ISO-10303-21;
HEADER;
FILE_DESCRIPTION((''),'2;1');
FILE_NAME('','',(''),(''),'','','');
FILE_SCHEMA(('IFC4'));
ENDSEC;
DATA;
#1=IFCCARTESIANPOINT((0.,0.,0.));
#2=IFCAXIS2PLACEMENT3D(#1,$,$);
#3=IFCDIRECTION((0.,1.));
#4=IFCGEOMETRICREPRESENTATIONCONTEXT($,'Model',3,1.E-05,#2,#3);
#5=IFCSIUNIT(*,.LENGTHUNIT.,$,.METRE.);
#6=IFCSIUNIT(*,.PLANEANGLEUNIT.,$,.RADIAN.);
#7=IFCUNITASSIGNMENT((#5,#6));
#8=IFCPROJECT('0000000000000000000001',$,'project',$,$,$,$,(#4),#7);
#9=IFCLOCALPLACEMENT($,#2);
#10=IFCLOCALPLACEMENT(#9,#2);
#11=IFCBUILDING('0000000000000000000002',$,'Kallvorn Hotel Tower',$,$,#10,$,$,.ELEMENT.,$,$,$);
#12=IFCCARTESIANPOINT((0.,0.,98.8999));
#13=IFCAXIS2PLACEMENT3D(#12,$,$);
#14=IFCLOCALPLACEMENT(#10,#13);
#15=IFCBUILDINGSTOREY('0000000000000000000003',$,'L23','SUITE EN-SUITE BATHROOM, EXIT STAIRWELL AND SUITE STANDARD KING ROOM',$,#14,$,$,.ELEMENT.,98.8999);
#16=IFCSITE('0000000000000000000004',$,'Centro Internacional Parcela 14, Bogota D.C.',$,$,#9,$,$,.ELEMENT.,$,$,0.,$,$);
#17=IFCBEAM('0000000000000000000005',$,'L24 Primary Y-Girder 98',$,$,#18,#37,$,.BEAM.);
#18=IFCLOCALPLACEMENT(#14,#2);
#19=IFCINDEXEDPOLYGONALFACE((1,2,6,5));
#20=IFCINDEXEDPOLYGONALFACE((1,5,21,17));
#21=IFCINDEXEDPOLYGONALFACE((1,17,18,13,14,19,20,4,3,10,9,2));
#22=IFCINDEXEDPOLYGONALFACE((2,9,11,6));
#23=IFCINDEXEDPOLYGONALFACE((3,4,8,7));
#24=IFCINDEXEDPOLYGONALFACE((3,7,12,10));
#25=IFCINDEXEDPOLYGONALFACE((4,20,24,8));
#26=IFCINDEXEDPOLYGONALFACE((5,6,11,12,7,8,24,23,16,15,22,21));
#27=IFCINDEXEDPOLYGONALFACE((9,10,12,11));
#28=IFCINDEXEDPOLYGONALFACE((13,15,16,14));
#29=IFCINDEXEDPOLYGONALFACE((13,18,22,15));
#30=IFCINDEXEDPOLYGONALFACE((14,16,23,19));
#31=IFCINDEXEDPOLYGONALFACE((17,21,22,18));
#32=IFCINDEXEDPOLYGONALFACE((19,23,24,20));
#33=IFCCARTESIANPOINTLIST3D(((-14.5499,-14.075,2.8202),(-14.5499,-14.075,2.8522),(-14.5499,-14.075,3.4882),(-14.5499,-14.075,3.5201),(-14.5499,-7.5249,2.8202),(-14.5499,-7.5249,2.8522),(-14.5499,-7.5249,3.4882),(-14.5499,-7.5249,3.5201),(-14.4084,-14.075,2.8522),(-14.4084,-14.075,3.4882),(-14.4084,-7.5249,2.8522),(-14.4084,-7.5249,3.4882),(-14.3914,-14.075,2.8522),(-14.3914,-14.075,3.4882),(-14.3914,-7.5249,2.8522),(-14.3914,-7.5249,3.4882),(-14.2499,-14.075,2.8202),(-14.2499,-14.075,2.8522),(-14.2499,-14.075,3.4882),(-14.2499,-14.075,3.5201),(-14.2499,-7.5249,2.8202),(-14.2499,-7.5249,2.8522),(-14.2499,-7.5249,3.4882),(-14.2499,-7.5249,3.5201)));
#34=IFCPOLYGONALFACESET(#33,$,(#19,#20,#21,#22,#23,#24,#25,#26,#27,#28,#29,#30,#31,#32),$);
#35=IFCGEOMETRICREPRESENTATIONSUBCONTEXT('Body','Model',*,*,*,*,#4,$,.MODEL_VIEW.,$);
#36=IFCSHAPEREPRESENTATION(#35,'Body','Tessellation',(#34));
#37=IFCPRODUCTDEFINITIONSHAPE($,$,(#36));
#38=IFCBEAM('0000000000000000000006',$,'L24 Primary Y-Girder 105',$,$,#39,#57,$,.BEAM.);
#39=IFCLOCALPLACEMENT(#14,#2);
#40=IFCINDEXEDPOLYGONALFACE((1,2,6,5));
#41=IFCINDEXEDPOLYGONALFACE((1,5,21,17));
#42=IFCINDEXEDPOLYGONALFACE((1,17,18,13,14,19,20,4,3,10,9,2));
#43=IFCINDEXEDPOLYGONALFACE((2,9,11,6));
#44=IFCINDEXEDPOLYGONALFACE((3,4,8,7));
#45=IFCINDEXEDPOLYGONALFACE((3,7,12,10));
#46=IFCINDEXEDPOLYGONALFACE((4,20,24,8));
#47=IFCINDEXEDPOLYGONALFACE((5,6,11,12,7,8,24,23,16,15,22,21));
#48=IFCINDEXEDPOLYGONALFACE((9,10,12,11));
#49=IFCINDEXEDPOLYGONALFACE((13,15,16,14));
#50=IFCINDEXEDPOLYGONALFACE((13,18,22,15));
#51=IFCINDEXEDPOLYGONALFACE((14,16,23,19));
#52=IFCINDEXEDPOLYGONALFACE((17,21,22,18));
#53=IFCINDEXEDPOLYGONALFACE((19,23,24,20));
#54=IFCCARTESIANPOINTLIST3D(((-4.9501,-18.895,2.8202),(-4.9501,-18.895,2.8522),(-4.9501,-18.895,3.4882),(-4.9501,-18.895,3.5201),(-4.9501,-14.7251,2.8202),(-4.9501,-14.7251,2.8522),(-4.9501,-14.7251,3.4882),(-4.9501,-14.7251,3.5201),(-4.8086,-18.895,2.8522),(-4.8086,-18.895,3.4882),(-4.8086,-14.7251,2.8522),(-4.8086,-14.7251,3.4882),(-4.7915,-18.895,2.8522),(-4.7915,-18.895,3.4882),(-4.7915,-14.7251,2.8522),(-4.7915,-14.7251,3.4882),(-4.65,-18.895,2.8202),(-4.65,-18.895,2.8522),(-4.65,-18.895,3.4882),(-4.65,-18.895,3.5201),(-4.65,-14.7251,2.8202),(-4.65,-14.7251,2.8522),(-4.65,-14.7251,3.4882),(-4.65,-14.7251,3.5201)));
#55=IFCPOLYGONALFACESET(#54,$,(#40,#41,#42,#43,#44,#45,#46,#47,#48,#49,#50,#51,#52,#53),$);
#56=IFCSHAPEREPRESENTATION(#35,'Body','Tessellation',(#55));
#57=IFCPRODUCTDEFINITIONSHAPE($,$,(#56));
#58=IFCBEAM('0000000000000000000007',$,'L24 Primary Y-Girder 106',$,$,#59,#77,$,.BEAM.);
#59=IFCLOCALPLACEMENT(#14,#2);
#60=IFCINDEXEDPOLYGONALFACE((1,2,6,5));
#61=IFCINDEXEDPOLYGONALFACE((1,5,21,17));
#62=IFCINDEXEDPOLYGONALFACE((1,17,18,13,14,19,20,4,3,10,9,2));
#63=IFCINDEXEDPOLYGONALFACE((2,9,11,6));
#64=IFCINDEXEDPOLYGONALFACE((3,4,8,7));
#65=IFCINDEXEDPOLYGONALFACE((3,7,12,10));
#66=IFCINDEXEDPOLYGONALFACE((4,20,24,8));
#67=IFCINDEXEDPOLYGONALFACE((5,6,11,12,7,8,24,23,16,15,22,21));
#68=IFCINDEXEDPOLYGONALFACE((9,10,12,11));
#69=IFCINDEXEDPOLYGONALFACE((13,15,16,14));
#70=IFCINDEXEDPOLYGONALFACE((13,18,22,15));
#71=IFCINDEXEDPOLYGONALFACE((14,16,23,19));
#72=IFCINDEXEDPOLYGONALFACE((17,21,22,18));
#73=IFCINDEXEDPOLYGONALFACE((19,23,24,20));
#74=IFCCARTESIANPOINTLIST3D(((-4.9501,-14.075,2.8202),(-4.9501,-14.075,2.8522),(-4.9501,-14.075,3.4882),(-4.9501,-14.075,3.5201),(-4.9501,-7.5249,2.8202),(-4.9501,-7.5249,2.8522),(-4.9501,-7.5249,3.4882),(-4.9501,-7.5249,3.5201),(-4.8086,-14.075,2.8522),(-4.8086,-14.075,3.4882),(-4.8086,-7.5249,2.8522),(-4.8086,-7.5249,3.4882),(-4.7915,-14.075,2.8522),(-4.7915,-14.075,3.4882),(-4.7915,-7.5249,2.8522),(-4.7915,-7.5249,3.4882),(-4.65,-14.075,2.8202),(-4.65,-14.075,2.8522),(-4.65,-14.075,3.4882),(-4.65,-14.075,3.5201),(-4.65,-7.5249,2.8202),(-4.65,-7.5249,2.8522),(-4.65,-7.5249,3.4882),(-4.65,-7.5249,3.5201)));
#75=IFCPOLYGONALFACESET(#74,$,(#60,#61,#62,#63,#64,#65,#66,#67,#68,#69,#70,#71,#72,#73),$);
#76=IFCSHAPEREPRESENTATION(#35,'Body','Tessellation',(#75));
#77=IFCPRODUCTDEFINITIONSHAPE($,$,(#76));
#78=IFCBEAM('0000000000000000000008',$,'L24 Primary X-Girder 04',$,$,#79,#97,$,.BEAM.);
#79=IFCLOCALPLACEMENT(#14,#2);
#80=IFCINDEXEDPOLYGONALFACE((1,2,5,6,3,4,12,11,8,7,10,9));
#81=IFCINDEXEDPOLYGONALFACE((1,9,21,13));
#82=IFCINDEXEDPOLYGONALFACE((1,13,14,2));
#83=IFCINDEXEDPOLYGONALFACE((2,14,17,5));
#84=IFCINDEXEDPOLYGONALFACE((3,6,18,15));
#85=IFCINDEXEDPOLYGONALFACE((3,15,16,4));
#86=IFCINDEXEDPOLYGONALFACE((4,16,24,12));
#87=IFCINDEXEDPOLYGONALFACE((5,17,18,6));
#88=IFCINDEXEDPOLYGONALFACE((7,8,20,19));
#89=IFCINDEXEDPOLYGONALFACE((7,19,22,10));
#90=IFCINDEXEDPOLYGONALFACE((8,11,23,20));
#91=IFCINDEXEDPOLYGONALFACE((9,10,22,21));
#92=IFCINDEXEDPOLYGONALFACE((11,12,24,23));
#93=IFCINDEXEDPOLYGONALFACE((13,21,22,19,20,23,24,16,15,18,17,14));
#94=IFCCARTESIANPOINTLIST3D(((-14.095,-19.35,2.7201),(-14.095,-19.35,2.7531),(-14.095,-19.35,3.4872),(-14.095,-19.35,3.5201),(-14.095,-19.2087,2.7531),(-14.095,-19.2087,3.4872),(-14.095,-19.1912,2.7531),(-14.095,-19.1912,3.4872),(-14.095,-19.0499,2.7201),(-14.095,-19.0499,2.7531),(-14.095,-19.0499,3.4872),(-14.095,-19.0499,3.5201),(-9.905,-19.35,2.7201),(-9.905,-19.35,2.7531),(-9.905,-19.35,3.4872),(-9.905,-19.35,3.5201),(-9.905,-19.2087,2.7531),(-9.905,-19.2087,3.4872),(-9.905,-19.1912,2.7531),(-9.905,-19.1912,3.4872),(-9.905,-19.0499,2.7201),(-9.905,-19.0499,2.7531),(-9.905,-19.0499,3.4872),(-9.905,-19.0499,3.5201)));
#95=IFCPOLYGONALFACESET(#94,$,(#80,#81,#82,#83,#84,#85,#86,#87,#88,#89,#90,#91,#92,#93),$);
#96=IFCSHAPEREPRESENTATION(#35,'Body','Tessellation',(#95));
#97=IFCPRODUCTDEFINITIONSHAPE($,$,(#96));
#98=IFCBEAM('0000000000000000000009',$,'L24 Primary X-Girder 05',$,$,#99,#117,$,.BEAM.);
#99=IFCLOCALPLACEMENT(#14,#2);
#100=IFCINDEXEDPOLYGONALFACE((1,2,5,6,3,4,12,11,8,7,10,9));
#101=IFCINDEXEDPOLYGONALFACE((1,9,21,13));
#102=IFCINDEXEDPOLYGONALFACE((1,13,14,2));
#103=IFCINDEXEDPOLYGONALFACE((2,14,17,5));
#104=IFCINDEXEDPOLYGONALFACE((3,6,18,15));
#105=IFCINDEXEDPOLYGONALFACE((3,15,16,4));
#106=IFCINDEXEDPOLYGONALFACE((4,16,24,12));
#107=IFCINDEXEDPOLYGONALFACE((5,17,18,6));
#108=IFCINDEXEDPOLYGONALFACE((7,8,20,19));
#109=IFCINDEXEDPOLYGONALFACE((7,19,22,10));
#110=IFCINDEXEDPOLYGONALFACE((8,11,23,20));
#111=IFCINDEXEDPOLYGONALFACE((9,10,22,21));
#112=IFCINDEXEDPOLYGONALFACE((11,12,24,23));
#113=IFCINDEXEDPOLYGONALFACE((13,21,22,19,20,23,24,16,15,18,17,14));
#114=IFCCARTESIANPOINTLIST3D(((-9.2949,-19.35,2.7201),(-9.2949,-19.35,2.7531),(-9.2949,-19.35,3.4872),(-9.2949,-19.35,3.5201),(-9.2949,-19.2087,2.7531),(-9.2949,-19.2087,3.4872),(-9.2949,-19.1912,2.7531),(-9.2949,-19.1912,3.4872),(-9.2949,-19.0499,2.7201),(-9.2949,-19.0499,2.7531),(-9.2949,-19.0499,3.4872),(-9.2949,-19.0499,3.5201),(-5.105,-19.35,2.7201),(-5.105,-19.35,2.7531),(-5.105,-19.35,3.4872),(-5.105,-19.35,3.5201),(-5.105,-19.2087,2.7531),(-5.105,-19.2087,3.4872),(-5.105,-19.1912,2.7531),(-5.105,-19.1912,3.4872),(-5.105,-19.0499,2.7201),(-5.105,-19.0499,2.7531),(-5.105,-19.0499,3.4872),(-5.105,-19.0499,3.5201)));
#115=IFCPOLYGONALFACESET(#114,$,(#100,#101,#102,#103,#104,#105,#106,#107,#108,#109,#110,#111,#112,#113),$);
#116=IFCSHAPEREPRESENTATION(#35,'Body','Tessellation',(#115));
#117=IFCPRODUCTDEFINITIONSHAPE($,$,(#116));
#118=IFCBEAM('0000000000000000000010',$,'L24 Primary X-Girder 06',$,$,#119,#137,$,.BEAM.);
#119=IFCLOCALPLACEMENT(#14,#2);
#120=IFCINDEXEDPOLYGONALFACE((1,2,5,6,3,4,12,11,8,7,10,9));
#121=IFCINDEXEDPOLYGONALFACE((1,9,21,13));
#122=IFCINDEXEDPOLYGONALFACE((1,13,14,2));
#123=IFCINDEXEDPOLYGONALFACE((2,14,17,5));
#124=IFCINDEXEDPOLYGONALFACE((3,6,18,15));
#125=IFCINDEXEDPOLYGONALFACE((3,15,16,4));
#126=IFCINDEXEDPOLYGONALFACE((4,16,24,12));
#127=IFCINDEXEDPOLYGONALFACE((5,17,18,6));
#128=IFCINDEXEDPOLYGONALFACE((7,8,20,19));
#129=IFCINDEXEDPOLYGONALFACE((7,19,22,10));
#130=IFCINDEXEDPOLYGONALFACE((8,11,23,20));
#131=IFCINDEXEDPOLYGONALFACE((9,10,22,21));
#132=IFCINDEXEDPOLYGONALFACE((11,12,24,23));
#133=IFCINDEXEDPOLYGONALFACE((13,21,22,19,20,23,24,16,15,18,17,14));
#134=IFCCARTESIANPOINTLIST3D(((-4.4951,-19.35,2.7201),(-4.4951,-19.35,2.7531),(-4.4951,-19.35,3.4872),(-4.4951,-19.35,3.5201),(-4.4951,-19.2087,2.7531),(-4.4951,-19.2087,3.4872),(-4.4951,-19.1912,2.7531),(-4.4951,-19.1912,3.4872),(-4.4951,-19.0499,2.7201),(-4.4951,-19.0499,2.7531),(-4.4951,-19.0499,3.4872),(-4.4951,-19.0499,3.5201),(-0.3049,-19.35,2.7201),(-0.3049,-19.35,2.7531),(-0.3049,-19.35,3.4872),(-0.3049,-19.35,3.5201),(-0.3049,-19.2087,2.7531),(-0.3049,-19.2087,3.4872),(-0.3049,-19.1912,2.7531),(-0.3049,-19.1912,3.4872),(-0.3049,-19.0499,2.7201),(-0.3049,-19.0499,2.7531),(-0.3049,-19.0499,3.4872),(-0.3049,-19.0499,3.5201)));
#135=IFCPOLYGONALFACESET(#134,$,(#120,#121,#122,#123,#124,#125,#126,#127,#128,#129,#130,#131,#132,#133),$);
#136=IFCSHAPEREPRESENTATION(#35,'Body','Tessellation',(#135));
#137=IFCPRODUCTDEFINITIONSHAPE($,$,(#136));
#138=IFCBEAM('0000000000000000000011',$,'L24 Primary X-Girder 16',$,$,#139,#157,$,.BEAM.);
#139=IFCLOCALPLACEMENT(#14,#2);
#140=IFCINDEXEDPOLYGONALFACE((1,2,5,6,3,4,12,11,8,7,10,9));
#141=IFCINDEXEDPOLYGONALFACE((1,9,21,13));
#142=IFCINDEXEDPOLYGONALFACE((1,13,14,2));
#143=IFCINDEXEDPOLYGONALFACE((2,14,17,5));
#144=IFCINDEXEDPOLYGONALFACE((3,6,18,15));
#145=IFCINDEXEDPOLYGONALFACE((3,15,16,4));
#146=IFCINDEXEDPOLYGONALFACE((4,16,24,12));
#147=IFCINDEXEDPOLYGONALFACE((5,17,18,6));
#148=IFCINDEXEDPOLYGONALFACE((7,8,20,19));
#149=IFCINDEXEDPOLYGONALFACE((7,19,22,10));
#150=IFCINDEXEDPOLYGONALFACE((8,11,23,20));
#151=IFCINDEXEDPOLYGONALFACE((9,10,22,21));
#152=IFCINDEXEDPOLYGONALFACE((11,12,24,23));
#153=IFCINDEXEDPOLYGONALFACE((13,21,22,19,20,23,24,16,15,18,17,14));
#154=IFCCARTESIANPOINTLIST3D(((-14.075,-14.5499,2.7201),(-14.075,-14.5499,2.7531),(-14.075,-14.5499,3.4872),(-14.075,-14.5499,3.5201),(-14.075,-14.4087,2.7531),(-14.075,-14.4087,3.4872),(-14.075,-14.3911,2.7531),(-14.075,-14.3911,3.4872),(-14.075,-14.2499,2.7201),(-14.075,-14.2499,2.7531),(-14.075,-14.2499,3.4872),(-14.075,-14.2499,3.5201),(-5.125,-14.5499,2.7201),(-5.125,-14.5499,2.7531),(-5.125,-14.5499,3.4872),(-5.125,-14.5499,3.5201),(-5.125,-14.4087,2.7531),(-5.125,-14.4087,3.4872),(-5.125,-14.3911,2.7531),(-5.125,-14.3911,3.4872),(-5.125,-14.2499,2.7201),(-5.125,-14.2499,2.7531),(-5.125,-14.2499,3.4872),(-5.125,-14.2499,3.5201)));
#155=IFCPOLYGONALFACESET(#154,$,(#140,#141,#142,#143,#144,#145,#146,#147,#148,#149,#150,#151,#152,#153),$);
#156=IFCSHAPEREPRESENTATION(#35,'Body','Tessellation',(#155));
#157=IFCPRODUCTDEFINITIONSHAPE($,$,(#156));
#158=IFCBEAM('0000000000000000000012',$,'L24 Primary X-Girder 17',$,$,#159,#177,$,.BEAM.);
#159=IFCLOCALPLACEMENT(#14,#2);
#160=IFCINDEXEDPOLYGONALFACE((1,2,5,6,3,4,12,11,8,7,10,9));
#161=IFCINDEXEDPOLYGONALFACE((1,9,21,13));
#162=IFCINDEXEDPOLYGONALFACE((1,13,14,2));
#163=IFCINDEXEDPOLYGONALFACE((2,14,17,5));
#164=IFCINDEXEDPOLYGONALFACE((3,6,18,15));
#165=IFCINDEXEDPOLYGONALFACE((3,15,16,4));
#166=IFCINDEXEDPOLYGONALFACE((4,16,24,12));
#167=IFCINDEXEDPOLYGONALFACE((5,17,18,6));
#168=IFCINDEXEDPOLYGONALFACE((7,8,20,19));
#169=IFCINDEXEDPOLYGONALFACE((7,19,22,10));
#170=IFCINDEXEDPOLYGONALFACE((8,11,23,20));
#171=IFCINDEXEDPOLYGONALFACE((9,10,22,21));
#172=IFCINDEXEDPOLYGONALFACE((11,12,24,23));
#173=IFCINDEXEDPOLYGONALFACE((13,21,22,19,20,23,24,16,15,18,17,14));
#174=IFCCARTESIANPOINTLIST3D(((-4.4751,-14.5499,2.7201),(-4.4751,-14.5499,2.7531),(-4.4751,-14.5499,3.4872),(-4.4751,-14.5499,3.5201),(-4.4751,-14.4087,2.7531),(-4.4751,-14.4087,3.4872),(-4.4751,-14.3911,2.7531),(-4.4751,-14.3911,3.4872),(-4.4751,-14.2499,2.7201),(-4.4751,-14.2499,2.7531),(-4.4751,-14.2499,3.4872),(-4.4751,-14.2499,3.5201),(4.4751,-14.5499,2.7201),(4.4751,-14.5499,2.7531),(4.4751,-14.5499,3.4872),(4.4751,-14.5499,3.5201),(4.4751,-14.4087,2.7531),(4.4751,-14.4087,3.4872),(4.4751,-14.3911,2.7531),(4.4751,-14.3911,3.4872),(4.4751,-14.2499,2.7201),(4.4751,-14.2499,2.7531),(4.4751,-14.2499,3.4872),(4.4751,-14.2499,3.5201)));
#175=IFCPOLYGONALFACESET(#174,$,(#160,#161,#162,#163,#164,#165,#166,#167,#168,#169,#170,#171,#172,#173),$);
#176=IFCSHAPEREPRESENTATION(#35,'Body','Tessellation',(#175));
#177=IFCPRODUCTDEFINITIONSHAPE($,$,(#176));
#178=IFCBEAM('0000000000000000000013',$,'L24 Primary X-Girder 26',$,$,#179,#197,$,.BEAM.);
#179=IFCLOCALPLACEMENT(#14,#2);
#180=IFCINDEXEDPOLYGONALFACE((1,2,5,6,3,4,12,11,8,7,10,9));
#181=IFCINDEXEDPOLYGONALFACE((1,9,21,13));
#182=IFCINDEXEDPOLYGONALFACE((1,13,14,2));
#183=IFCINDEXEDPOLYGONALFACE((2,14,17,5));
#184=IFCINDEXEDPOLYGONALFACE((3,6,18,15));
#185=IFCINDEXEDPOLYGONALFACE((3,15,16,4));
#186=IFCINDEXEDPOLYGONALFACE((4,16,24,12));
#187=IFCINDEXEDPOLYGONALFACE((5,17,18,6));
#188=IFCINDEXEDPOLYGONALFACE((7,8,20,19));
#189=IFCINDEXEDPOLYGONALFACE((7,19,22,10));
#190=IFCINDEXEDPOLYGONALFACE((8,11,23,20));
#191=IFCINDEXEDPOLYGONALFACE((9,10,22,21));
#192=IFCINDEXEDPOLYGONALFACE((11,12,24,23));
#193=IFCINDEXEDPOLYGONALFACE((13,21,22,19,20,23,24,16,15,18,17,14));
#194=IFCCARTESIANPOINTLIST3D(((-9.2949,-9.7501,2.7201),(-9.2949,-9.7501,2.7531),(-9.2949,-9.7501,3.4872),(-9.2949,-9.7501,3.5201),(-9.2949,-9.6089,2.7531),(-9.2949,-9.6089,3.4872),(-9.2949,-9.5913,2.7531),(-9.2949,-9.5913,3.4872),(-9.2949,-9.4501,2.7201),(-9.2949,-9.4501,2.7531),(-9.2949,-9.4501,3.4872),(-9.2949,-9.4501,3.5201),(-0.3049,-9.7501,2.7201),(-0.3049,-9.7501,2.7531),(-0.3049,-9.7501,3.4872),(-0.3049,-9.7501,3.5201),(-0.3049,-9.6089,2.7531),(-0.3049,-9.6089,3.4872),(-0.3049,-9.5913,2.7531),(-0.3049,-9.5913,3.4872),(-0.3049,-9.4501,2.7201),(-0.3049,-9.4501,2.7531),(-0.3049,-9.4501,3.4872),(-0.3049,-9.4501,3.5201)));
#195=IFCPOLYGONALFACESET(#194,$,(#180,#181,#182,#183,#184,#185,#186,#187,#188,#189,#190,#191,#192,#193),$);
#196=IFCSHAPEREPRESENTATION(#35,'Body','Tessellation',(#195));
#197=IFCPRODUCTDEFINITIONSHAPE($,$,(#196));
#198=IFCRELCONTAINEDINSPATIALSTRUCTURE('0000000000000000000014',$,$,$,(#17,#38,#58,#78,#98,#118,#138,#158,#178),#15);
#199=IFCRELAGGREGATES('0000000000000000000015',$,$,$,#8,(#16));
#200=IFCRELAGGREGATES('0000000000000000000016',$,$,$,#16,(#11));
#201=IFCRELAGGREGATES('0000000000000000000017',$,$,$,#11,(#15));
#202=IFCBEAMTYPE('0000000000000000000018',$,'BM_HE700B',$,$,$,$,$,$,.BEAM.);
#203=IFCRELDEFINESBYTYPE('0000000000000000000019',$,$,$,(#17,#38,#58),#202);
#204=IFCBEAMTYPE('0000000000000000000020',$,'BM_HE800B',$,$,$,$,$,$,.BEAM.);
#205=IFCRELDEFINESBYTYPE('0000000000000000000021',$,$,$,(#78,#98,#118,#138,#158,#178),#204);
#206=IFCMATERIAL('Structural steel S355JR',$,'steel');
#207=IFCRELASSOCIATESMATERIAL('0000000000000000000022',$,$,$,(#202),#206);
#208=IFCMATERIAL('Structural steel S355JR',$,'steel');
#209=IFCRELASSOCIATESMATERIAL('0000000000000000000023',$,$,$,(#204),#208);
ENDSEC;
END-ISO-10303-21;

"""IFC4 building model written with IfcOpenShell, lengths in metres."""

from ifc_helpers import new_model, si_unit, direction, frame, origin, origin_2d, place, context, subcontext, project, spatial, i_section, extrude, material, material_profile, profile_set, type_object, element, save


model = new_model("IFC4")

# Units and contexts
model_context = context("Model", 3, precision=1e-05, world=origin(), true_north=direction((0.0, 1.0)))
body_context = subcontext(model_context, "Body", "Model", "MODEL_VIEW")
ifc_project = project(units=[si_unit("LENGTHUNIT", "METRE"), si_unit("PLANEANGLEUNIT", "RADIAN")], contexts=[model_context])

# Site, building, storey
site_placement = place(None, origin())
site = spatial("IfcSite", under=ifc_project, at=site_placement, Name="Centro Internacional Parcela 14, Bogota D.C.", CompositionType="ELEMENT", RefElevation=0.0)
building_placement = place(site_placement, origin())
building = spatial("IfcBuilding", under=site, at=building_placement, Name="Kallvorn Hotel Tower", CompositionType="ELEMENT")
storey_placement = place(building_placement, frame((0.0, 0.0, 98.8999)))
storey = spatial("IfcBuildingStorey", under=building, at=storey_placement, Name="L23", Description="SUITE EN-SUITE BATHROOM, EXIT STAIRWELL AND SUITE STANDARD KING ROOM", CompositionType="ELEMENT", Elevation=98.8999)

# Beams
ifc_material_1 = material(Name="Structural steel S355JR", Category="steel")
ifc_material_profile_1 = material_profile(ifc_material_1, i_section(OverallWidth=0.3, OverallDepth=0.7, WebThickness=0.0171, FlangeThickness=0.032, at=origin_2d()), Name="HE 700 B")
ifc_profile_set_1 = profile_set([ifc_material_profile_1], Name="Structural steel S355JR")
beam_type_1 = type_object("IfcBeamType", Name="BM_HE700B", PredefinedType="BEAM", material=ifc_profile_set_1)
beam_1_placement = place(storey_placement, frame((-14.3999, -14.075, 3.1702), z_axis=(0.0, 1.0, 0.0), x_axis=(-1.0, 0.0, 0.0)))
element("IfcBeam", 1, at=beam_1_placement, inside=storey, type_object=beam_type_1, Name="L24 Primary Y-Girder 98", PredefinedType="BEAM", context=body_context, shape_type="SweptSolid", body=[
    extrude(i_section(OverallWidth=0.3, OverallDepth=0.7, WebThickness=0.0171, FlangeThickness=0.032, at=origin_2d()), origin(), (0.0, 0.0, 1.0), 6.55),
])
beam_2_placement = place(storey_placement, frame((-4.8, -18.895, 3.1702), z_axis=(0.0, 1.0, 0.0), x_axis=(-1.0, 0.0, 0.0)))
element("IfcBeam", 2, at=beam_2_placement, inside=storey, type_object=beam_type_1, Name="L24 Primary Y-Girder 105", PredefinedType="BEAM", context=body_context, shape_type="SweptSolid", body=[
    extrude(i_section(OverallWidth=0.3, OverallDepth=0.7, WebThickness=0.0171, FlangeThickness=0.032, at=origin_2d()), origin(), (0.0, 0.0, 1.0), 4.1699),
])
beam_3_placement = place(storey_placement, frame((-4.8, -14.075, 3.1702), z_axis=(0.0, 1.0, 0.0), x_axis=(-1.0, 0.0, 0.0)))
element("IfcBeam", 3, at=beam_3_placement, inside=storey, type_object=beam_type_1, Name="L24 Primary Y-Girder 106", PredefinedType="BEAM", context=body_context, shape_type="SweptSolid", body=[
    extrude(i_section(OverallWidth=0.3, OverallDepth=0.7, WebThickness=0.0171, FlangeThickness=0.032, at=origin_2d()), origin(), (0.0, 0.0, 1.0), 6.55),
])
ifc_material_2 = material(Name="Structural steel S355JR", Category="steel")
ifc_material_profile_2 = material_profile(ifc_material_2, i_section(OverallWidth=0.3, OverallDepth=0.8, WebThickness=0.0176, FlangeThickness=0.033, at=origin_2d()), Name="HE 800 B")
ifc_profile_set_2 = profile_set([ifc_material_profile_2], Name="Structural steel S355JR")
beam_type_2 = type_object("IfcBeamType", Name="BM_HE800B", PredefinedType="BEAM", material=ifc_profile_set_2)
for number, where, z_axis, x_axis, name in (
    (4, (-14.095, -19.2, 3.1201), (1.0, 0.0, 0.0), (0.0, 1.0, 0.0), "L24 Primary X-Girder 04"),
    (5, (-9.2949, -19.2, 3.1201), (1.0, 0.0, 0.0), (0.0, 1.0, 0.0), "L24 Primary X-Girder 05"),
):
    element("IfcBeam", number, at=place(storey_placement, frame(where, z_axis=z_axis, x_axis=x_axis)), inside=storey, type_object=beam_type_2, Name=name, PredefinedType="BEAM", context=body_context, shape_type="SweptSolid", body=[
        extrude(i_section(OverallWidth=0.3, OverallDepth=0.8, WebThickness=0.0176, FlangeThickness=0.033, at=origin_2d()), origin(), (0.0, 0.0, 1.0), 4.1899),
    ])
beam_4_placement = place(storey_placement, frame((-4.4951, -19.2, 3.1201), z_axis=(1.0, 0.0, 0.0), x_axis=(0.0, 1.0, 0.0)))
element("IfcBeam", 6, at=beam_4_placement, inside=storey, type_object=beam_type_2, Name="L24 Primary X-Girder 06", PredefinedType="BEAM", context=body_context, shape_type="SweptSolid", body=[
    extrude(i_section(OverallWidth=0.3, OverallDepth=0.8, WebThickness=0.0176, FlangeThickness=0.033, at=origin_2d()), origin(), (0.0, 0.0, 1.0), 4.1902),
])
beam_5_placement = place(storey_placement, frame((-14.075, -14.3999, 3.1201), z_axis=(1.0, 0.0, 0.0), x_axis=(0.0, 1.0, 0.0)))
element("IfcBeam", 7, at=beam_5_placement, inside=storey, type_object=beam_type_2, Name="L24 Primary X-Girder 16", PredefinedType="BEAM", context=body_context, shape_type="SweptSolid", body=[
    extrude(i_section(OverallWidth=0.3, OverallDepth=0.8, WebThickness=0.0176, FlangeThickness=0.033, at=origin_2d()), origin(), (0.0, 0.0, 1.0), 8.95),
])
beam_6_placement = place(storey_placement, frame((-4.4751, -14.3999, 3.1201), z_axis=(1.0, 0.0, 0.0), x_axis=(0.0, 1.0, 0.0)))
element("IfcBeam", 8, at=beam_6_placement, inside=storey, type_object=beam_type_2, Name="L24 Primary X-Girder 17", PredefinedType="BEAM", context=body_context, shape_type="SweptSolid", body=[
    extrude(i_section(OverallWidth=0.3, OverallDepth=0.8, WebThickness=0.0176, FlangeThickness=0.033, at=origin_2d()), origin(), (0.0, 0.0, 1.0), 8.9502),
])
beam_7_placement = place(storey_placement, frame((-9.2949, -9.6001, 3.1201), z_axis=(1.0, 0.0, 0.0), x_axis=(0.0, 1.0, 0.0)))
element("IfcBeam", 9, at=beam_7_placement, inside=storey, type_object=beam_type_2, Name="L24 Primary X-Girder 26", PredefinedType="BEAM", context=body_context, shape_type="SweptSolid", body=[
    extrude(i_section(OverallWidth=0.3, OverallDepth=0.8, WebThickness=0.0176, FlangeThickness=0.033, at=origin_2d()), origin(), (0.0, 0.0, 1.0), 8.99),
])

save(model, "model.ifc")
